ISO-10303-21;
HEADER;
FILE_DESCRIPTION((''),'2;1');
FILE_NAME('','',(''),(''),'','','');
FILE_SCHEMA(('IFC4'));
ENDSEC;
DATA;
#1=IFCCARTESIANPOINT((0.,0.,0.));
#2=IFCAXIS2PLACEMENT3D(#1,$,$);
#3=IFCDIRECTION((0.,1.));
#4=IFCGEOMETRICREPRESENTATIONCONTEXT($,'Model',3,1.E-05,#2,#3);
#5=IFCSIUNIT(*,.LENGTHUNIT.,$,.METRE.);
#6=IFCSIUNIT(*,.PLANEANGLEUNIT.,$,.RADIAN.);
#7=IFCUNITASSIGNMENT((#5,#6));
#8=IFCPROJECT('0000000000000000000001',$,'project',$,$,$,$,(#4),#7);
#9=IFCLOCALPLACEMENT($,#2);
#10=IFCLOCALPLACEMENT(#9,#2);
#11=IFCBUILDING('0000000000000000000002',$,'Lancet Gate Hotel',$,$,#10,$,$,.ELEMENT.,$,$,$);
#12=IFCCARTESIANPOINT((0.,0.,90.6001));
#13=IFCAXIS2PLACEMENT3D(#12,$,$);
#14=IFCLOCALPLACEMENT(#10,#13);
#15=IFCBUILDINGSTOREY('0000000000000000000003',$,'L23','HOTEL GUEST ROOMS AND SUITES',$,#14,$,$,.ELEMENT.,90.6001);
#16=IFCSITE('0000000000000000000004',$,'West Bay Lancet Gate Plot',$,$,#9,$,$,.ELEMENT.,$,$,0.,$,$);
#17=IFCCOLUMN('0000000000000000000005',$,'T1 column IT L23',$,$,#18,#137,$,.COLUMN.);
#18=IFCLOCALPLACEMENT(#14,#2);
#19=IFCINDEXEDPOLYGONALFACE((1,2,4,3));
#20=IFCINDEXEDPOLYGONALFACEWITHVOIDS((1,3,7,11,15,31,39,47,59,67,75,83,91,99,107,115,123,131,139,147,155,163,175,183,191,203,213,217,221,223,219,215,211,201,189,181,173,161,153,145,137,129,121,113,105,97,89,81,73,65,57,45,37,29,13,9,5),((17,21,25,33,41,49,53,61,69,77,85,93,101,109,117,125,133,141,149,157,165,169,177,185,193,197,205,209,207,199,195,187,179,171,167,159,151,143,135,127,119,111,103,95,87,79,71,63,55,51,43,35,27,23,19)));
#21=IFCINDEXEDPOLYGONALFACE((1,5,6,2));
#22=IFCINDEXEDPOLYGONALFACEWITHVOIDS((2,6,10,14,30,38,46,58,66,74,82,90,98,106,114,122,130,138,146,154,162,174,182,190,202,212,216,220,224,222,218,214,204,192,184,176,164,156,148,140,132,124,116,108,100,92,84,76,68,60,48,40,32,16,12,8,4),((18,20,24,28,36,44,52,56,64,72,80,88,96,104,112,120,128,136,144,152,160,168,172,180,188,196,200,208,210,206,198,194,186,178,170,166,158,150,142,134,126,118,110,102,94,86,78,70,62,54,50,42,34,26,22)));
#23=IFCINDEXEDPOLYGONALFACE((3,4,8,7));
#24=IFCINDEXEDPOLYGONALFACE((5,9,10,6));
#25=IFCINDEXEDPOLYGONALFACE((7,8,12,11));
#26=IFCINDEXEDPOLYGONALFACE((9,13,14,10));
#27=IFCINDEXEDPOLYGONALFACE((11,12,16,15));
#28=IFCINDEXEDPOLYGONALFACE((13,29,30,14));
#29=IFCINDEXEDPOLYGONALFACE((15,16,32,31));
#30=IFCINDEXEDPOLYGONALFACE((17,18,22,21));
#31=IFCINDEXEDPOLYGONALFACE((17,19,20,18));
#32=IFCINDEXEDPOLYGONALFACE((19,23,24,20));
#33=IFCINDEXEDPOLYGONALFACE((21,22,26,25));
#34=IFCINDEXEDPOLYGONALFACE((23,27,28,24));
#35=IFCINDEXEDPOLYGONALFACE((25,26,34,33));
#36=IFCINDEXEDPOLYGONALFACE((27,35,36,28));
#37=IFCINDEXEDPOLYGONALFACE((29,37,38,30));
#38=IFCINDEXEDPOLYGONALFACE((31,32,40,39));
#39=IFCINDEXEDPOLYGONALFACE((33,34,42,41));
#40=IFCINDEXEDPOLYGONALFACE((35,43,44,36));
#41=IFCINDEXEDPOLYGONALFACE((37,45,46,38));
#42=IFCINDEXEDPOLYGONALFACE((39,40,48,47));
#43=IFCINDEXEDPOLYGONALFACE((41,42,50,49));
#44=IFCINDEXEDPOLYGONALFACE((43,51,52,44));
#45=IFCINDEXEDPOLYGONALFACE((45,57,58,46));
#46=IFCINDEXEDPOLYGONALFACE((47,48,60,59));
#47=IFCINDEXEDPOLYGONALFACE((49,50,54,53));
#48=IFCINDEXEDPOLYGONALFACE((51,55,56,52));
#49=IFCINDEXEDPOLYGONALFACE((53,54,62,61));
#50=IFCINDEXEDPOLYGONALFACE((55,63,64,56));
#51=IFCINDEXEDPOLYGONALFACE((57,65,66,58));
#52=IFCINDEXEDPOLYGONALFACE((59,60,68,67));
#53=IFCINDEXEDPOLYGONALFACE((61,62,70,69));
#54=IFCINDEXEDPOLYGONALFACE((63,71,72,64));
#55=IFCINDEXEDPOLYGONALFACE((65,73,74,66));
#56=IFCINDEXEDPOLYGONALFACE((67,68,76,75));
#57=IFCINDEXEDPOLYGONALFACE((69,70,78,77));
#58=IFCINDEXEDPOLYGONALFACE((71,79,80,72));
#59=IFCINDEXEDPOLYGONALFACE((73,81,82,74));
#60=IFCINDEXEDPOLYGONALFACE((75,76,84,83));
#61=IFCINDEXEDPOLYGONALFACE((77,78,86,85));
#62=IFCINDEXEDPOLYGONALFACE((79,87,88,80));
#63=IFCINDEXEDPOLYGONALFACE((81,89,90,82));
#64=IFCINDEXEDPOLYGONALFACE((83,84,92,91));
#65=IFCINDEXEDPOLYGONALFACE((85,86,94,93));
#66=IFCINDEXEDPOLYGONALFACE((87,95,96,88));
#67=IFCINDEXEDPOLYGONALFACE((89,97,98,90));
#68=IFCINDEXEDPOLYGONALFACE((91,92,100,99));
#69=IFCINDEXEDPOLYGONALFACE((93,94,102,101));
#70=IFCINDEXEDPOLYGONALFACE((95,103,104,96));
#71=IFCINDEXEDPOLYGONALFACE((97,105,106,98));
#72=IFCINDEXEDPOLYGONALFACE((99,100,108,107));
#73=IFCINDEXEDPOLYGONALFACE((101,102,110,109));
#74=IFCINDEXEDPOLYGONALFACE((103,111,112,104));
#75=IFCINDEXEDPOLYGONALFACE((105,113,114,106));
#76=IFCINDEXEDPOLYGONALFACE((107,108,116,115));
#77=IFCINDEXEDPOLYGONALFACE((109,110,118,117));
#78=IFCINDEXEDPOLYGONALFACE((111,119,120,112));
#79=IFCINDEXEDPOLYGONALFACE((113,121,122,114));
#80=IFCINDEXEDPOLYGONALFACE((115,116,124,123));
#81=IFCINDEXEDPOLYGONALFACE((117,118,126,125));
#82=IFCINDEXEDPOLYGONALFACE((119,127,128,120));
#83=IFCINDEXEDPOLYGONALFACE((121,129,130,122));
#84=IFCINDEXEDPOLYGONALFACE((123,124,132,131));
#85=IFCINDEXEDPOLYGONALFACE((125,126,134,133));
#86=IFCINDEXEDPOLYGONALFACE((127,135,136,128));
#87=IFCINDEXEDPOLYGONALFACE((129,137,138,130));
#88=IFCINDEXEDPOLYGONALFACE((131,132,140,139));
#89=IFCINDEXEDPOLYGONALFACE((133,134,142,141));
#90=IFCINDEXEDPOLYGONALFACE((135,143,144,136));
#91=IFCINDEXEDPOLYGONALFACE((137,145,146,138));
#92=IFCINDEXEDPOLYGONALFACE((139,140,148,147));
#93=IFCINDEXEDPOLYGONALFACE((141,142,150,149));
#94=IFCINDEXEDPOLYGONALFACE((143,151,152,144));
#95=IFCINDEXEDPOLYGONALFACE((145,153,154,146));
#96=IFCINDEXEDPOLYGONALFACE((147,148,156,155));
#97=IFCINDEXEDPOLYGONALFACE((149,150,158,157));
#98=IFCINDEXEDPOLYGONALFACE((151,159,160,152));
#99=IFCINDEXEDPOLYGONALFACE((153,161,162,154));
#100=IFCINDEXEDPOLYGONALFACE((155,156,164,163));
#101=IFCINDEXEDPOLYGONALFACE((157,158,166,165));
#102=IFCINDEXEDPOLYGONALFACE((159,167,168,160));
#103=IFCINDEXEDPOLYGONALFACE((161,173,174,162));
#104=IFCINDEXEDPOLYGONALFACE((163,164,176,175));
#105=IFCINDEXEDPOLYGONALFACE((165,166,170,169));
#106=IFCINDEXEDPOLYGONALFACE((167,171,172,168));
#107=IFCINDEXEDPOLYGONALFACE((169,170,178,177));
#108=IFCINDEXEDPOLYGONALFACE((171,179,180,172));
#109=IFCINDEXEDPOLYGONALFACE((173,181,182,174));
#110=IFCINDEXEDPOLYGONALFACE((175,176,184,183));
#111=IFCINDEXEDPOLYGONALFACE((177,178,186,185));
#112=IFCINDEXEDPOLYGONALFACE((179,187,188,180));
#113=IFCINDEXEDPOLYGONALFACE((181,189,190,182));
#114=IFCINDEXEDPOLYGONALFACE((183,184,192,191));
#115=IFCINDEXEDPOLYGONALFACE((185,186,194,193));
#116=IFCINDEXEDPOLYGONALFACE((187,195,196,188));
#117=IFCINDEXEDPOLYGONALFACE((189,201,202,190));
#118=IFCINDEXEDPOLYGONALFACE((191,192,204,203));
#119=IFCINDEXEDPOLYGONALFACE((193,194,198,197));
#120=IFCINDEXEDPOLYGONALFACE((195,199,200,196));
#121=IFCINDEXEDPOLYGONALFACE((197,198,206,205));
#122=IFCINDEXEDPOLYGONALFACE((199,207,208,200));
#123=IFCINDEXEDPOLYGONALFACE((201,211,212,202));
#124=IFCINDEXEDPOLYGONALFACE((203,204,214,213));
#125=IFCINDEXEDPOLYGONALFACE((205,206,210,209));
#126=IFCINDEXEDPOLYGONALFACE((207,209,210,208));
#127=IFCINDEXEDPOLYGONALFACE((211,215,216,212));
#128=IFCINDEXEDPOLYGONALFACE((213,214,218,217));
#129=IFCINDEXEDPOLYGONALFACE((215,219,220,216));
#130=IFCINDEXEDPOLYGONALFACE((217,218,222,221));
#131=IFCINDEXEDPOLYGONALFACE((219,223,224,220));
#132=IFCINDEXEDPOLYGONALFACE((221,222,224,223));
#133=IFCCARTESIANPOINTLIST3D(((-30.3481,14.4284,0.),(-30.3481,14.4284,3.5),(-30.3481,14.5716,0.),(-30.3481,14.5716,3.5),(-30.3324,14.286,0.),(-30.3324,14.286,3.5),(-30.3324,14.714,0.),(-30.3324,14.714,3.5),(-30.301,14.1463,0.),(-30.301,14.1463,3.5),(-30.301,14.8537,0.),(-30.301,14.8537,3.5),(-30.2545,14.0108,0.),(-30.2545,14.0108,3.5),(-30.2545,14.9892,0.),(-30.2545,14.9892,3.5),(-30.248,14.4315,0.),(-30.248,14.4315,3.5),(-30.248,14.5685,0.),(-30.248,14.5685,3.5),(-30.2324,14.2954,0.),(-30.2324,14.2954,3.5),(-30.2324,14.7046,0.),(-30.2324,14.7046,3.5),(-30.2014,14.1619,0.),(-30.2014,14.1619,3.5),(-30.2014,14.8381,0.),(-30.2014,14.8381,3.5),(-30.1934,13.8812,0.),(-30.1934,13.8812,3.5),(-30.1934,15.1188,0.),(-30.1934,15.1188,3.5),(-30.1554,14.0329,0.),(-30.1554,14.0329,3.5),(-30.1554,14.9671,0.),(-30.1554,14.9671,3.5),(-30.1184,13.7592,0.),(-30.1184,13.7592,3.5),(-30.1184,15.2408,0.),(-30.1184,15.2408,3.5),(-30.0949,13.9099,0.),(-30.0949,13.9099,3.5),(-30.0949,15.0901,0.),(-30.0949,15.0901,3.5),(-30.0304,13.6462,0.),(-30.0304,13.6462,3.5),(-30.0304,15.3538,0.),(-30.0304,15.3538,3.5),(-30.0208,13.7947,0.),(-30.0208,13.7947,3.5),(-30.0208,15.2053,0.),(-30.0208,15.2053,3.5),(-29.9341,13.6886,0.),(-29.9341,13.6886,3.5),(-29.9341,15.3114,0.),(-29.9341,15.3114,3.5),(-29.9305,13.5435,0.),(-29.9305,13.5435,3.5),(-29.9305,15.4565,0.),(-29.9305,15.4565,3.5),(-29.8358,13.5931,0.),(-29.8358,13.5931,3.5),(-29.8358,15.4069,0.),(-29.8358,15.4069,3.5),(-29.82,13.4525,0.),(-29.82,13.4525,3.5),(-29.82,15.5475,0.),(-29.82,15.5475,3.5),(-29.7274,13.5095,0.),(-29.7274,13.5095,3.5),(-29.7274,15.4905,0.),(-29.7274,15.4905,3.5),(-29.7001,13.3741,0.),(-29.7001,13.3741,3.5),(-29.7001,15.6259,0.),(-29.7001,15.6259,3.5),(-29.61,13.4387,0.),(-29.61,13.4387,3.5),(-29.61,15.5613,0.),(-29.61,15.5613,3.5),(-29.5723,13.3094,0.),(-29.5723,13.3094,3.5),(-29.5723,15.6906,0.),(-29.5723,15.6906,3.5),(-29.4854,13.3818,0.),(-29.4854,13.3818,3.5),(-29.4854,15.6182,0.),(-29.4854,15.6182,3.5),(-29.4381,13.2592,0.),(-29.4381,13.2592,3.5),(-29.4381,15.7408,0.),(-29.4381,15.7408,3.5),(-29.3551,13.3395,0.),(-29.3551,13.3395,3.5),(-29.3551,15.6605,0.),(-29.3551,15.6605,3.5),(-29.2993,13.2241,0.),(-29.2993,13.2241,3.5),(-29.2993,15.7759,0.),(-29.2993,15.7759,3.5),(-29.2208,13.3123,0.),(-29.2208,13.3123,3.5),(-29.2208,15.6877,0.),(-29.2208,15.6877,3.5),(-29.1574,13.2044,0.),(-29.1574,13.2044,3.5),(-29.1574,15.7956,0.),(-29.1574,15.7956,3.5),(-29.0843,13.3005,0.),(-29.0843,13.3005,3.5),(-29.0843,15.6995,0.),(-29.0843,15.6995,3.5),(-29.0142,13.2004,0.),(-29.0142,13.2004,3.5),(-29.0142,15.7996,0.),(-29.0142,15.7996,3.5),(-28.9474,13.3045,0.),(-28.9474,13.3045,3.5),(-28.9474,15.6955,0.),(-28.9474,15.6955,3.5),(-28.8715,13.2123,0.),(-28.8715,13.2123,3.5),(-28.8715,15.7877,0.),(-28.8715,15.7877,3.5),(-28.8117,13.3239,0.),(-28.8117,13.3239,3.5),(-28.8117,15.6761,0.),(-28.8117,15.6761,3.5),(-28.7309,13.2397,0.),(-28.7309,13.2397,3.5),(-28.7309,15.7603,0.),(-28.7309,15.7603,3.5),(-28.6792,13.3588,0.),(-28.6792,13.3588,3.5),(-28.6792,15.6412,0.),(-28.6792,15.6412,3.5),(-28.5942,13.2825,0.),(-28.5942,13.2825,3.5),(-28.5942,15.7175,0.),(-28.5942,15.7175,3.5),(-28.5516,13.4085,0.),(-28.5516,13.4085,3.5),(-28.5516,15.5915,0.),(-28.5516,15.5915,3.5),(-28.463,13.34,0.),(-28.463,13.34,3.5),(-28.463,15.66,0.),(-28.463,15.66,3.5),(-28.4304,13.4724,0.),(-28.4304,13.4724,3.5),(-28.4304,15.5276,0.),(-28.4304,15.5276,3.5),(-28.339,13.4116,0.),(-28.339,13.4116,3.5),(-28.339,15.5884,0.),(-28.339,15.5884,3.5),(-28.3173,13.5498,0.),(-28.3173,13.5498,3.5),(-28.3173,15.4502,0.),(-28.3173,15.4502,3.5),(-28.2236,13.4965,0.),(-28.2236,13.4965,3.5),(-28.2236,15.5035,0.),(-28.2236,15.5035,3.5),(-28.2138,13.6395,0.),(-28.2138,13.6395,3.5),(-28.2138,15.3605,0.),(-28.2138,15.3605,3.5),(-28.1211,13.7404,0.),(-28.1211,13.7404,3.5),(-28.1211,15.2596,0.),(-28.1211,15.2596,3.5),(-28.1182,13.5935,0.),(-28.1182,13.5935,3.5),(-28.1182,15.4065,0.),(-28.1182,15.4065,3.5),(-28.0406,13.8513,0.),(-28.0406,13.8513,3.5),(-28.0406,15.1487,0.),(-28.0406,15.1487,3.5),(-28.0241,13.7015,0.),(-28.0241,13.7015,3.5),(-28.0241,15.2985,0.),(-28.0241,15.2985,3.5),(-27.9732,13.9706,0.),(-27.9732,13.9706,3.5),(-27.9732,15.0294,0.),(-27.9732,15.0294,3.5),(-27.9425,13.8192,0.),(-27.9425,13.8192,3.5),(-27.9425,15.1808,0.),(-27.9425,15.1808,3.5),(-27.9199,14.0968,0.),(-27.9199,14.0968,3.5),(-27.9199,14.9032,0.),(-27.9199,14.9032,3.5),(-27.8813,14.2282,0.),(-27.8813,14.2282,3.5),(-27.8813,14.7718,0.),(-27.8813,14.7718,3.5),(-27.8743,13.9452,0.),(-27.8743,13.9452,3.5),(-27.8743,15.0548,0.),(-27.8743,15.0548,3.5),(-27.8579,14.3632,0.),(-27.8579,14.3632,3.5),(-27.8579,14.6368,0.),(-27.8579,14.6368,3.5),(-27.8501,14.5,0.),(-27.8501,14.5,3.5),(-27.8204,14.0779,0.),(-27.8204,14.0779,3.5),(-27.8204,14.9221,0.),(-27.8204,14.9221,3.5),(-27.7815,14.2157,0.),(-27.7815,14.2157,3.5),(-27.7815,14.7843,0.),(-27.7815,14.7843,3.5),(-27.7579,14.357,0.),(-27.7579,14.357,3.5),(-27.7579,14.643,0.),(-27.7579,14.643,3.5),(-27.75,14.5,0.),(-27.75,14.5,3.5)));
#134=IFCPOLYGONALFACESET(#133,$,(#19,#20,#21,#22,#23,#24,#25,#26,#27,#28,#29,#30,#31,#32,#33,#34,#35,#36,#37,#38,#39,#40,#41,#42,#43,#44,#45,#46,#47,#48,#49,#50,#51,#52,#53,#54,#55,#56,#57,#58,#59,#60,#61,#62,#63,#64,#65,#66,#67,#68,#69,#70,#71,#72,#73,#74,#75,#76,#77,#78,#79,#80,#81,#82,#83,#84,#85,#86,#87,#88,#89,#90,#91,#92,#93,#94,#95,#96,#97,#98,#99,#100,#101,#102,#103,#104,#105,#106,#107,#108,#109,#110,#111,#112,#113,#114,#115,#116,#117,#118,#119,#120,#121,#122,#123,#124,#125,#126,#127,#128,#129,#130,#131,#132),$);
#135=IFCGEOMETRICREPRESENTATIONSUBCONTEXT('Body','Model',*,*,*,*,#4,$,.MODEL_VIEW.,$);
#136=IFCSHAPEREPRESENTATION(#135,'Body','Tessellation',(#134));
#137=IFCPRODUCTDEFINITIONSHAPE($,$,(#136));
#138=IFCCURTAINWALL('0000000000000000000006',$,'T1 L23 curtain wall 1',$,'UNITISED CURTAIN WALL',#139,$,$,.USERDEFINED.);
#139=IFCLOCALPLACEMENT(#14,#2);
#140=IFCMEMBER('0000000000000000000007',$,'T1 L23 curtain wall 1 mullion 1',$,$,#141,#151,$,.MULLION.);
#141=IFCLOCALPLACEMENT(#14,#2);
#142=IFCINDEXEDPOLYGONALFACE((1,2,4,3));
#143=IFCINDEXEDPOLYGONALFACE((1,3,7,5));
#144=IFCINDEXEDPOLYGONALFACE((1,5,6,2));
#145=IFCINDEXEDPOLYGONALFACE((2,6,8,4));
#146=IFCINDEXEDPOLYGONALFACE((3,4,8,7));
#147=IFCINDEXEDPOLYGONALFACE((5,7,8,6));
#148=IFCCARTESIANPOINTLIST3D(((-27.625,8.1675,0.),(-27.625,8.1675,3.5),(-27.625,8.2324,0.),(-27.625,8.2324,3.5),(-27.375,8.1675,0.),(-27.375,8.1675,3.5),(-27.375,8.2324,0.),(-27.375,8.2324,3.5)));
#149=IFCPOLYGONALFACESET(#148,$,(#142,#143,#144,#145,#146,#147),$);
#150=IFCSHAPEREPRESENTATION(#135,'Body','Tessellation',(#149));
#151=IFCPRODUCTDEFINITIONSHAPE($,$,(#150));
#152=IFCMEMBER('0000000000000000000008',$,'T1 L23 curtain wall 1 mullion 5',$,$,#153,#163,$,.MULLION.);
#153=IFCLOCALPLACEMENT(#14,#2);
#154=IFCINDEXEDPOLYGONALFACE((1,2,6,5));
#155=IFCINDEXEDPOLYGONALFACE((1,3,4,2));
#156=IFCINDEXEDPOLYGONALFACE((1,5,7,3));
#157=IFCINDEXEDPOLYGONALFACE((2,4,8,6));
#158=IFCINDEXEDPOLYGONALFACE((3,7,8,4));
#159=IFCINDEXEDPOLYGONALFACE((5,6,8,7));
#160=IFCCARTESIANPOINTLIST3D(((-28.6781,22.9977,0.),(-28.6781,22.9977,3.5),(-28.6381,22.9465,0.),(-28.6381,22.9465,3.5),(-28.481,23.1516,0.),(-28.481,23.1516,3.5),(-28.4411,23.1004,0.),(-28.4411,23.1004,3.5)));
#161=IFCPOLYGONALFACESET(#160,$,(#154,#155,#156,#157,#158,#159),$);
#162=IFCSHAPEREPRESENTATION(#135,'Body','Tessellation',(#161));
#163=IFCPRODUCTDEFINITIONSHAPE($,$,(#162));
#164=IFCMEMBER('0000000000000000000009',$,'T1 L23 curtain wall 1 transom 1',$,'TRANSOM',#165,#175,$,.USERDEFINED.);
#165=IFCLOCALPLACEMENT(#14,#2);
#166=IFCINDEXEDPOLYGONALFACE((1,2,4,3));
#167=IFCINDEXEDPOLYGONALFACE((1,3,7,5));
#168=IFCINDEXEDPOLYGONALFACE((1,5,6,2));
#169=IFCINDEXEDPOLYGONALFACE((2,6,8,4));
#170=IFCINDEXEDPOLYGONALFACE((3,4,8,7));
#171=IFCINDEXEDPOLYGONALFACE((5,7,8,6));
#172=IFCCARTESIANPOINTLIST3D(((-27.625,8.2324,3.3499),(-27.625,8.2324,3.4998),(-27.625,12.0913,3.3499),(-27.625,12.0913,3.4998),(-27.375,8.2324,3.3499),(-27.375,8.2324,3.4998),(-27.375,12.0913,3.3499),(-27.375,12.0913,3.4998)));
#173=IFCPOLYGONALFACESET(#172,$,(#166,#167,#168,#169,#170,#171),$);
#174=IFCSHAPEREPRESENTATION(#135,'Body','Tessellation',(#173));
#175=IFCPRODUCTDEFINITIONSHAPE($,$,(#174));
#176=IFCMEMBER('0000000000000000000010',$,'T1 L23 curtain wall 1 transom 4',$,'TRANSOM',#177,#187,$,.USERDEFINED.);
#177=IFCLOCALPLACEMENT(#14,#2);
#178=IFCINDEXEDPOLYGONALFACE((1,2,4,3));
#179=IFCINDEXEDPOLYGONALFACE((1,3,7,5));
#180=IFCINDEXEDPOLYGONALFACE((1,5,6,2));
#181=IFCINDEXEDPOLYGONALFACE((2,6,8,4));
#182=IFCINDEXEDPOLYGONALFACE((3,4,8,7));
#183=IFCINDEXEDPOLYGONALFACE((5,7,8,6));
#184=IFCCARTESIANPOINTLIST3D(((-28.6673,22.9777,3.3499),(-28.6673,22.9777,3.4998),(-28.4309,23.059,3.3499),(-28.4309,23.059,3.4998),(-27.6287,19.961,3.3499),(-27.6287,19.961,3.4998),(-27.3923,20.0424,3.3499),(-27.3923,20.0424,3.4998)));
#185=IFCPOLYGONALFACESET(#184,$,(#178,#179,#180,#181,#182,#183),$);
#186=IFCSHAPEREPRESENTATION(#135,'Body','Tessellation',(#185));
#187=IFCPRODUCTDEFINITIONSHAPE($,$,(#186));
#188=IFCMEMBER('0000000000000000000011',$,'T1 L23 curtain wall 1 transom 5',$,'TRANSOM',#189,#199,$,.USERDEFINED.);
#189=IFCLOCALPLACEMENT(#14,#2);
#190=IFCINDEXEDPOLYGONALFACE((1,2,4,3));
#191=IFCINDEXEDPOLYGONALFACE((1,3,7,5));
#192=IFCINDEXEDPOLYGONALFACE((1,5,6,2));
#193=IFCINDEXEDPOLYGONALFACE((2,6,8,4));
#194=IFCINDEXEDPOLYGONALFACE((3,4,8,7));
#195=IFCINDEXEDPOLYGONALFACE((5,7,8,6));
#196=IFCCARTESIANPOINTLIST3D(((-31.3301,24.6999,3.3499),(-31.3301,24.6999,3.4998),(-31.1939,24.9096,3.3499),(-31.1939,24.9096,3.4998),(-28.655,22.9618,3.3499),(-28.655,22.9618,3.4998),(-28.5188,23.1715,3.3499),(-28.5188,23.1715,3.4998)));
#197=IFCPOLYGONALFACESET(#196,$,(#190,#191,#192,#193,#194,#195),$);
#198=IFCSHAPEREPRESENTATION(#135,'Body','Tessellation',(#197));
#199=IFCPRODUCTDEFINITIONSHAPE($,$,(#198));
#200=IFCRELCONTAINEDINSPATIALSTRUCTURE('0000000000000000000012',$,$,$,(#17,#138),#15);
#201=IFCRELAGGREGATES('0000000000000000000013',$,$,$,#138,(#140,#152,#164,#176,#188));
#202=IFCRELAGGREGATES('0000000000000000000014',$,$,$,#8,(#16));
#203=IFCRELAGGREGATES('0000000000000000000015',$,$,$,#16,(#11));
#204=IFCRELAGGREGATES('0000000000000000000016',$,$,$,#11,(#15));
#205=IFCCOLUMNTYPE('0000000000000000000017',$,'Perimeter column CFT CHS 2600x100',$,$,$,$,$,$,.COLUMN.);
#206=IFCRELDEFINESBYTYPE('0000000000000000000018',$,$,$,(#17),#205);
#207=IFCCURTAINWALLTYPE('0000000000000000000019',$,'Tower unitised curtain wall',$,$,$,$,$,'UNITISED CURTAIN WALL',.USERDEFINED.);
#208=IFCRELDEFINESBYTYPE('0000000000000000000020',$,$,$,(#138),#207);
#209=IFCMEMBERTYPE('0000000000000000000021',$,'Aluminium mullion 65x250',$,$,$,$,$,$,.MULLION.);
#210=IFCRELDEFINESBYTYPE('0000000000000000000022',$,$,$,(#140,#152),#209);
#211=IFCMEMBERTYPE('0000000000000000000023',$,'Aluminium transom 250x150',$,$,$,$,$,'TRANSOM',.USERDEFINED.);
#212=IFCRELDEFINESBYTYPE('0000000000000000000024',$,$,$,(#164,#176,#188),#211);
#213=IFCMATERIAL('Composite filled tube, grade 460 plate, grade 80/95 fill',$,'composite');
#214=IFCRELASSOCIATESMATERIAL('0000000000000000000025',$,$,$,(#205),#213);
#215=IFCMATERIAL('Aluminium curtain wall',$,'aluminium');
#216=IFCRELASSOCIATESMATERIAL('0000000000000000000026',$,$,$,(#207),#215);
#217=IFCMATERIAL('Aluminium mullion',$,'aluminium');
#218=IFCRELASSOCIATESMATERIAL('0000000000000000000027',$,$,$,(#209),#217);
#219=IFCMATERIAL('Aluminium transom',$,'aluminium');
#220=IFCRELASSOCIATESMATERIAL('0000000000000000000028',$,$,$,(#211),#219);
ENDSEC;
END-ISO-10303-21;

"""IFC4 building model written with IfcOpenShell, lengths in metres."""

from ifc_helpers import new_model, si_unit, direction, frame, origin, origin_2d, place, context, subcontext, project, spatial, rectangle, hollow_circle, extrude, material, material_profile, profile_set, type_object, element, aggregate, save


model = new_model("IFC4")

# Units and contexts
model_context = context("Model", 3, precision=1e-05, world=origin(), true_north=direction((0.0, 1.0)))
body_context = subcontext(model_context, "Body", "Model", "MODEL_VIEW")
ifc_project = project(units=[si_unit("LENGTHUNIT", "METRE"), si_unit("PLANEANGLEUNIT", "RADIAN")], contexts=[model_context])

# Site, building, storey
site_placement = place(None, origin())
site = spatial("IfcSite", under=ifc_project, at=site_placement, Name="West Bay Lancet Gate Plot", CompositionType="ELEMENT", RefElevation=0.0)
building_placement = place(site_placement, origin())
building = spatial("IfcBuilding", under=site, at=building_placement, Name="Lancet Gate Hotel", CompositionType="ELEMENT")
storey_placement = place(building_placement, frame((0.0, 0.0, 90.6001)))
storey = spatial("IfcBuildingStorey", under=building, at=storey_placement, Name="L23", Description="HOTEL GUEST ROOMS AND SUITES", CompositionType="ELEMENT", Elevation=90.6001)

# Column
ifc_material_1 = material(Name="Composite filled tube, grade 460 plate, grade 80/95 fill", Category="composite")
ifc_material_profile_1 = material_profile(ifc_material_1, hollow_circle(Radius=1.3, WallThickness=0.1001, at=origin_2d()), Name="CHS 2600x100")
ifc_profile_set_1 = profile_set([ifc_material_profile_1], Name="Composite filled tube, grade 460 plate, grade 80/95 fill")
column_type = type_object("IfcColumnType", Name="Perimeter column CFT CHS 2600x100", PredefinedType="COLUMN", material=ifc_profile_set_1)
for number, where, z_axis, x_axis, name in (
    (1, (-29.05, 14.5, 0.0), (0.0, 0.0, 1.0), (1.0, 0.0, 0.0), "T1 column IT L23"),
):
    element("IfcColumn", number, at=place(storey_placement, frame(where, z_axis=z_axis, x_axis=x_axis)), inside=storey, type_object=column_type, Name=name, PredefinedType="COLUMN", context=body_context, shape_type="SweptSolid", body=[
        extrude(hollow_circle(Radius=1.3, WallThickness=0.1001, at=origin_2d()), origin(), (0.0, 0.0, 1.0), 3.5),
    ])

# Curtain wall, members
ifc_material_2 = material(Name="Aluminium curtain wall", Category="aluminium")
curtain_wall_type = type_object("IfcCurtainWallType", Name="Tower unitised curtain wall", ElementType="UNITISED CURTAIN WALL", PredefinedType="USERDEFINED", material=ifc_material_2)
curtain_wall_placement = place(storey_placement, origin())
curtain_wall = element("IfcCurtainWall", 2, at=curtain_wall_placement, inside=storey, type_object=curtain_wall_type, Name="T1 L23 curtain wall 1", ObjectType="UNITISED CURTAIN WALL", PredefinedType="USERDEFINED")
ifc_material_3 = material(Name="Aluminium mullion", Category="aluminium")
ifc_material_profile_2 = material_profile(ifc_material_3, rectangle(XDim=0.0649, YDim=0.25, at=origin_2d()), Name="MULLION 65x250")
ifc_profile_set_2 = profile_set([ifc_material_profile_2], Name="Aluminium mullion")
member_type_1 = type_object("IfcMemberType", Name="Aluminium mullion 65x250", PredefinedType="MULLION", material=ifc_profile_set_2)
member_1_placement = place(storey_placement, frame((-27.5, 8.2, 0.0), z_axis=(0.0, 0.0, 1.0), x_axis=(0.0, 1.0, 0.0)))
member_1 = element("IfcMember", 3, at=member_1_placement, type_object=member_type_1, Name="T1 L23 curtain wall 1 mullion 1", PredefinedType="MULLION", context=body_context, shape_type="SweptSolid", body=[
    extrude(rectangle(XDim=0.0649, YDim=0.25, at=origin_2d()), origin(), (0.0, 0.0, 1.0), 3.5),
])
member_2_placement = place(storey_placement, frame((-28.5596, 23.0491, 0.0), z_axis=(0.0, 0.0, 1.0), x_axis=(-0.615574, 0.788079, 0.0)))
member_2 = element("IfcMember", 4, at=member_2_placement, type_object=member_type_1, Name="T1 L23 curtain wall 1 mullion 5", PredefinedType="MULLION", context=body_context, shape_type="SweptSolid", body=[
    extrude(rectangle(XDim=0.0649, YDim=0.25, at=origin_2d()), origin(), (0.0, 0.0, 1.0), 3.5),
])
ifc_material_4 = material(Name="Aluminium transom", Category="aluminium")
ifc_material_profile_3 = material_profile(ifc_material_4, rectangle(XDim=0.25, YDim=0.1499, at=origin_2d()), Name="TRANSOM 250x150")
ifc_profile_set_3 = profile_set([ifc_material_profile_3], Name="Aluminium transom")
member_type_2 = type_object("IfcMemberType", Name="Aluminium transom 250x150", ElementType="TRANSOM", PredefinedType="USERDEFINED", material=ifc_profile_set_3)
member_3_placement = place(storey_placement, frame((-27.5, 8.2324, 3.4248), z_axis=(0.0, 1.0, 0.0), x_axis=(-1.0, 0.0, 0.0)))
member_3 = element("IfcMember", 5, at=member_3_placement, type_object=member_type_2, Name="T1 L23 curtain wall 1 transom 1", ObjectType="TRANSOM", PredefinedType="USERDEFINED", context=body_context, shape_type="SweptSolid", body=[
    extrude(rectangle(XDim=0.25, YDim=0.1499, at=origin_2d()), origin(), (0.0, 0.0, 1.0), 3.8589),
])
member_4_placement = place(storey_placement, frame((-27.5105, 20.0017, 3.4248), z_axis=(-0.325533, 0.945531, 0.0), x_axis=(-0.945531, -0.325533, 0.0)))
member_4 = element("IfcMember", 6, at=member_4_placement, type_object=member_type_2, Name="T1 L23 curtain wall 1 transom 4", ObjectType="TRANSOM", PredefinedType="USERDEFINED", context=body_context, shape_type="SweptSolid", body=[
    extrude(rectangle(XDim=0.25, YDim=0.1499, at=origin_2d()), origin(), (0.0, 0.0, 1.0), 3.1904),
])
member_5_placement = place(storey_placement, frame((-28.5869, 23.0667, 3.4248), z_axis=(-0.83855, 0.544824, 0.0), x_axis=(-0.544824, -0.83855, 0.0)))
member_5 = element("IfcMember", 7, at=member_5_placement, type_object=member_type_2, Name="T1 L23 curtain wall 1 transom 5", ObjectType="TRANSOM", PredefinedType="USERDEFINED", context=body_context, shape_type="SweptSolid", body=[
    extrude(rectangle(XDim=0.25, YDim=0.1499, at=origin_2d()), origin(), (0.0, 0.0, 1.0), 3.1902),
])

aggregate(curtain_wall, [member_1, member_2, member_3, member_4, member_5])

save(model, "model.ifc")
